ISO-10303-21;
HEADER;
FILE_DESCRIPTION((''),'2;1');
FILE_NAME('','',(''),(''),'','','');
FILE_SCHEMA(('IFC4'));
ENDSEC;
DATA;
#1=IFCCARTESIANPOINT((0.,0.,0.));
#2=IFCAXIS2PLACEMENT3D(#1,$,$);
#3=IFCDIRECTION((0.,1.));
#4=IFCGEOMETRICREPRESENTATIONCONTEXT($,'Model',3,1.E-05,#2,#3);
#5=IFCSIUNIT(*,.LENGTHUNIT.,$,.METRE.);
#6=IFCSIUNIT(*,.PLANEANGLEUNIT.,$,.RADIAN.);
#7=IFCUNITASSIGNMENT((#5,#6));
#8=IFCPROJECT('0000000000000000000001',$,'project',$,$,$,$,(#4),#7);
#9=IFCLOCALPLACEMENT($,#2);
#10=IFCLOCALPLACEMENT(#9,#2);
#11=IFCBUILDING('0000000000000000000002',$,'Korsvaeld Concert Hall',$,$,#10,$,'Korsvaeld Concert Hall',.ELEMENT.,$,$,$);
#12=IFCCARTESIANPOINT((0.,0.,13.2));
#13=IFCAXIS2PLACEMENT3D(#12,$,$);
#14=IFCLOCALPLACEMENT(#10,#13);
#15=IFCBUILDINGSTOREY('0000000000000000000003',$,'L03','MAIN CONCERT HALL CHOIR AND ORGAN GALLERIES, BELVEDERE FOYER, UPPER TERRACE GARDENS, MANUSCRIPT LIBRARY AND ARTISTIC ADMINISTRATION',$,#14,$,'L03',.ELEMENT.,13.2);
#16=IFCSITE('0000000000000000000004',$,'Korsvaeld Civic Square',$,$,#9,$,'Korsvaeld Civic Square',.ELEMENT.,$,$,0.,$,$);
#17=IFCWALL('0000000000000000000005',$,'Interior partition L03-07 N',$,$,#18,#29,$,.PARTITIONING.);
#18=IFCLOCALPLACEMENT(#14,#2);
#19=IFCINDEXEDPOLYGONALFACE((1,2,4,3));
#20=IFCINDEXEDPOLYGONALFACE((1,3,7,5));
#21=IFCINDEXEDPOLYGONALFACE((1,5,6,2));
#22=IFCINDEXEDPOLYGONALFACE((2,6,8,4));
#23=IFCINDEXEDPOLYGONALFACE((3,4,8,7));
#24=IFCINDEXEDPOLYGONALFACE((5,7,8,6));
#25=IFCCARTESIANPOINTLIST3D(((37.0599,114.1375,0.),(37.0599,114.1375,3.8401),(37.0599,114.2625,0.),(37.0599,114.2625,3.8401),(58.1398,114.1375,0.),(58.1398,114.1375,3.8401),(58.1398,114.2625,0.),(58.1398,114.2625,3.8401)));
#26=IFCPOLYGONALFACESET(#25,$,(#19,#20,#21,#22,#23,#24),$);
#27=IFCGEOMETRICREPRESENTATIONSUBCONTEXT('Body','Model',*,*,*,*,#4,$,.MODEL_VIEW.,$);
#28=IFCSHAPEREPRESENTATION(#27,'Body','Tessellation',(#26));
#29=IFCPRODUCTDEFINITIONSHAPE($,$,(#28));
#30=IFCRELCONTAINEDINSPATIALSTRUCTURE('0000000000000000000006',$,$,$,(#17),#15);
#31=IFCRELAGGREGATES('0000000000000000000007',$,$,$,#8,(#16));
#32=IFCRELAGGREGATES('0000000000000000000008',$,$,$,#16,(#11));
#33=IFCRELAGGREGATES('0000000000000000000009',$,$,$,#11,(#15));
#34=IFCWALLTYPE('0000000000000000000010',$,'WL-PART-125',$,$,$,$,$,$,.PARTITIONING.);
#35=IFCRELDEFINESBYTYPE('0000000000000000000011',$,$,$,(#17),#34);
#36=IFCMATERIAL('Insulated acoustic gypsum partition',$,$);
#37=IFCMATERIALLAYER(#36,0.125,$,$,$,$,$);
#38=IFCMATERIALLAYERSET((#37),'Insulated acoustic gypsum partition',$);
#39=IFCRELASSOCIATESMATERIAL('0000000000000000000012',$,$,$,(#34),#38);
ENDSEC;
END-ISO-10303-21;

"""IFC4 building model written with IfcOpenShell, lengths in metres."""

from ifc_helpers import new_model, si_unit, direction, frame, frame_2d, origin, place, context, subcontext, project, spatial, rectangle, extrude, material, layer, layer_set, type_object, element, save


model = new_model("IFC4")

# Units and contexts
model_context = context("Model", 3, precision=1e-05, world=origin(), true_north=direction((0.0, 1.0)))
body_context = subcontext(model_context, "Body", "Model", "MODEL_VIEW")
ifc_project = project(units=[si_unit("LENGTHUNIT", "METRE"), si_unit("PLANEANGLEUNIT", "RADIAN")], contexts=[model_context])

# Site, building, storey
site_placement = place(None, origin())
site = spatial("IfcSite", under=ifc_project, at=site_placement, Name="Korsvaeld Civic Square", LongName="Korsvaeld Civic Square", CompositionType="ELEMENT", RefElevation=0.0)
building_placement = place(site_placement, origin())
building = spatial("IfcBuilding", under=site, at=building_placement, Name="Korsvaeld Concert Hall", LongName="Korsvaeld Concert Hall", CompositionType="ELEMENT")
storey_placement = place(building_placement, frame((0.0, 0.0, 13.2)))
storey = spatial("IfcBuildingStorey", under=building, at=storey_placement, Name="L03", Description="MAIN CONCERT HALL CHOIR AND ORGAN GALLERIES, BELVEDERE FOYER, UPPER TERRACE GARDENS, MANUSCRIPT LIBRARY AND ARTISTIC ADMINISTRATION", LongName="L03", CompositionType="ELEMENT", Elevation=13.2)

# Wall
ifc_material_1 = material(Name="Insulated acoustic gypsum partition")
ifc_layer_1 = layer(ifc_material_1, 0.125)
ifc_layer_set_1 = layer_set([ifc_layer_1], Name="Insulated acoustic gypsum partition")
wall_type_1 = type_object("IfcWallType", Name="WL-PART-125", PredefinedType="PARTITIONING", material=ifc_layer_set_1)
wall_1_placement = place(storey_placement, frame((58.1399, 114.2, 0.0), z_axis=(0.0, 0.0, 1.0), x_axis=(-1.0, 0.0, 0.0)))
element("IfcWall", 1, at=wall_1_placement, inside=storey, type_object=wall_type_1, Name="Interior partition L03-07 N", PredefinedType="PARTITIONING", context=body_context, shape_type="SweptSolid", body=[
    extrude(rectangle(XDim=21.0798, YDim=0.125, at=frame_2d((10.54, 0.0))), origin(), (0.0, 0.0, 1.0), 3.8401),
])

save(model, "model.ifc")
